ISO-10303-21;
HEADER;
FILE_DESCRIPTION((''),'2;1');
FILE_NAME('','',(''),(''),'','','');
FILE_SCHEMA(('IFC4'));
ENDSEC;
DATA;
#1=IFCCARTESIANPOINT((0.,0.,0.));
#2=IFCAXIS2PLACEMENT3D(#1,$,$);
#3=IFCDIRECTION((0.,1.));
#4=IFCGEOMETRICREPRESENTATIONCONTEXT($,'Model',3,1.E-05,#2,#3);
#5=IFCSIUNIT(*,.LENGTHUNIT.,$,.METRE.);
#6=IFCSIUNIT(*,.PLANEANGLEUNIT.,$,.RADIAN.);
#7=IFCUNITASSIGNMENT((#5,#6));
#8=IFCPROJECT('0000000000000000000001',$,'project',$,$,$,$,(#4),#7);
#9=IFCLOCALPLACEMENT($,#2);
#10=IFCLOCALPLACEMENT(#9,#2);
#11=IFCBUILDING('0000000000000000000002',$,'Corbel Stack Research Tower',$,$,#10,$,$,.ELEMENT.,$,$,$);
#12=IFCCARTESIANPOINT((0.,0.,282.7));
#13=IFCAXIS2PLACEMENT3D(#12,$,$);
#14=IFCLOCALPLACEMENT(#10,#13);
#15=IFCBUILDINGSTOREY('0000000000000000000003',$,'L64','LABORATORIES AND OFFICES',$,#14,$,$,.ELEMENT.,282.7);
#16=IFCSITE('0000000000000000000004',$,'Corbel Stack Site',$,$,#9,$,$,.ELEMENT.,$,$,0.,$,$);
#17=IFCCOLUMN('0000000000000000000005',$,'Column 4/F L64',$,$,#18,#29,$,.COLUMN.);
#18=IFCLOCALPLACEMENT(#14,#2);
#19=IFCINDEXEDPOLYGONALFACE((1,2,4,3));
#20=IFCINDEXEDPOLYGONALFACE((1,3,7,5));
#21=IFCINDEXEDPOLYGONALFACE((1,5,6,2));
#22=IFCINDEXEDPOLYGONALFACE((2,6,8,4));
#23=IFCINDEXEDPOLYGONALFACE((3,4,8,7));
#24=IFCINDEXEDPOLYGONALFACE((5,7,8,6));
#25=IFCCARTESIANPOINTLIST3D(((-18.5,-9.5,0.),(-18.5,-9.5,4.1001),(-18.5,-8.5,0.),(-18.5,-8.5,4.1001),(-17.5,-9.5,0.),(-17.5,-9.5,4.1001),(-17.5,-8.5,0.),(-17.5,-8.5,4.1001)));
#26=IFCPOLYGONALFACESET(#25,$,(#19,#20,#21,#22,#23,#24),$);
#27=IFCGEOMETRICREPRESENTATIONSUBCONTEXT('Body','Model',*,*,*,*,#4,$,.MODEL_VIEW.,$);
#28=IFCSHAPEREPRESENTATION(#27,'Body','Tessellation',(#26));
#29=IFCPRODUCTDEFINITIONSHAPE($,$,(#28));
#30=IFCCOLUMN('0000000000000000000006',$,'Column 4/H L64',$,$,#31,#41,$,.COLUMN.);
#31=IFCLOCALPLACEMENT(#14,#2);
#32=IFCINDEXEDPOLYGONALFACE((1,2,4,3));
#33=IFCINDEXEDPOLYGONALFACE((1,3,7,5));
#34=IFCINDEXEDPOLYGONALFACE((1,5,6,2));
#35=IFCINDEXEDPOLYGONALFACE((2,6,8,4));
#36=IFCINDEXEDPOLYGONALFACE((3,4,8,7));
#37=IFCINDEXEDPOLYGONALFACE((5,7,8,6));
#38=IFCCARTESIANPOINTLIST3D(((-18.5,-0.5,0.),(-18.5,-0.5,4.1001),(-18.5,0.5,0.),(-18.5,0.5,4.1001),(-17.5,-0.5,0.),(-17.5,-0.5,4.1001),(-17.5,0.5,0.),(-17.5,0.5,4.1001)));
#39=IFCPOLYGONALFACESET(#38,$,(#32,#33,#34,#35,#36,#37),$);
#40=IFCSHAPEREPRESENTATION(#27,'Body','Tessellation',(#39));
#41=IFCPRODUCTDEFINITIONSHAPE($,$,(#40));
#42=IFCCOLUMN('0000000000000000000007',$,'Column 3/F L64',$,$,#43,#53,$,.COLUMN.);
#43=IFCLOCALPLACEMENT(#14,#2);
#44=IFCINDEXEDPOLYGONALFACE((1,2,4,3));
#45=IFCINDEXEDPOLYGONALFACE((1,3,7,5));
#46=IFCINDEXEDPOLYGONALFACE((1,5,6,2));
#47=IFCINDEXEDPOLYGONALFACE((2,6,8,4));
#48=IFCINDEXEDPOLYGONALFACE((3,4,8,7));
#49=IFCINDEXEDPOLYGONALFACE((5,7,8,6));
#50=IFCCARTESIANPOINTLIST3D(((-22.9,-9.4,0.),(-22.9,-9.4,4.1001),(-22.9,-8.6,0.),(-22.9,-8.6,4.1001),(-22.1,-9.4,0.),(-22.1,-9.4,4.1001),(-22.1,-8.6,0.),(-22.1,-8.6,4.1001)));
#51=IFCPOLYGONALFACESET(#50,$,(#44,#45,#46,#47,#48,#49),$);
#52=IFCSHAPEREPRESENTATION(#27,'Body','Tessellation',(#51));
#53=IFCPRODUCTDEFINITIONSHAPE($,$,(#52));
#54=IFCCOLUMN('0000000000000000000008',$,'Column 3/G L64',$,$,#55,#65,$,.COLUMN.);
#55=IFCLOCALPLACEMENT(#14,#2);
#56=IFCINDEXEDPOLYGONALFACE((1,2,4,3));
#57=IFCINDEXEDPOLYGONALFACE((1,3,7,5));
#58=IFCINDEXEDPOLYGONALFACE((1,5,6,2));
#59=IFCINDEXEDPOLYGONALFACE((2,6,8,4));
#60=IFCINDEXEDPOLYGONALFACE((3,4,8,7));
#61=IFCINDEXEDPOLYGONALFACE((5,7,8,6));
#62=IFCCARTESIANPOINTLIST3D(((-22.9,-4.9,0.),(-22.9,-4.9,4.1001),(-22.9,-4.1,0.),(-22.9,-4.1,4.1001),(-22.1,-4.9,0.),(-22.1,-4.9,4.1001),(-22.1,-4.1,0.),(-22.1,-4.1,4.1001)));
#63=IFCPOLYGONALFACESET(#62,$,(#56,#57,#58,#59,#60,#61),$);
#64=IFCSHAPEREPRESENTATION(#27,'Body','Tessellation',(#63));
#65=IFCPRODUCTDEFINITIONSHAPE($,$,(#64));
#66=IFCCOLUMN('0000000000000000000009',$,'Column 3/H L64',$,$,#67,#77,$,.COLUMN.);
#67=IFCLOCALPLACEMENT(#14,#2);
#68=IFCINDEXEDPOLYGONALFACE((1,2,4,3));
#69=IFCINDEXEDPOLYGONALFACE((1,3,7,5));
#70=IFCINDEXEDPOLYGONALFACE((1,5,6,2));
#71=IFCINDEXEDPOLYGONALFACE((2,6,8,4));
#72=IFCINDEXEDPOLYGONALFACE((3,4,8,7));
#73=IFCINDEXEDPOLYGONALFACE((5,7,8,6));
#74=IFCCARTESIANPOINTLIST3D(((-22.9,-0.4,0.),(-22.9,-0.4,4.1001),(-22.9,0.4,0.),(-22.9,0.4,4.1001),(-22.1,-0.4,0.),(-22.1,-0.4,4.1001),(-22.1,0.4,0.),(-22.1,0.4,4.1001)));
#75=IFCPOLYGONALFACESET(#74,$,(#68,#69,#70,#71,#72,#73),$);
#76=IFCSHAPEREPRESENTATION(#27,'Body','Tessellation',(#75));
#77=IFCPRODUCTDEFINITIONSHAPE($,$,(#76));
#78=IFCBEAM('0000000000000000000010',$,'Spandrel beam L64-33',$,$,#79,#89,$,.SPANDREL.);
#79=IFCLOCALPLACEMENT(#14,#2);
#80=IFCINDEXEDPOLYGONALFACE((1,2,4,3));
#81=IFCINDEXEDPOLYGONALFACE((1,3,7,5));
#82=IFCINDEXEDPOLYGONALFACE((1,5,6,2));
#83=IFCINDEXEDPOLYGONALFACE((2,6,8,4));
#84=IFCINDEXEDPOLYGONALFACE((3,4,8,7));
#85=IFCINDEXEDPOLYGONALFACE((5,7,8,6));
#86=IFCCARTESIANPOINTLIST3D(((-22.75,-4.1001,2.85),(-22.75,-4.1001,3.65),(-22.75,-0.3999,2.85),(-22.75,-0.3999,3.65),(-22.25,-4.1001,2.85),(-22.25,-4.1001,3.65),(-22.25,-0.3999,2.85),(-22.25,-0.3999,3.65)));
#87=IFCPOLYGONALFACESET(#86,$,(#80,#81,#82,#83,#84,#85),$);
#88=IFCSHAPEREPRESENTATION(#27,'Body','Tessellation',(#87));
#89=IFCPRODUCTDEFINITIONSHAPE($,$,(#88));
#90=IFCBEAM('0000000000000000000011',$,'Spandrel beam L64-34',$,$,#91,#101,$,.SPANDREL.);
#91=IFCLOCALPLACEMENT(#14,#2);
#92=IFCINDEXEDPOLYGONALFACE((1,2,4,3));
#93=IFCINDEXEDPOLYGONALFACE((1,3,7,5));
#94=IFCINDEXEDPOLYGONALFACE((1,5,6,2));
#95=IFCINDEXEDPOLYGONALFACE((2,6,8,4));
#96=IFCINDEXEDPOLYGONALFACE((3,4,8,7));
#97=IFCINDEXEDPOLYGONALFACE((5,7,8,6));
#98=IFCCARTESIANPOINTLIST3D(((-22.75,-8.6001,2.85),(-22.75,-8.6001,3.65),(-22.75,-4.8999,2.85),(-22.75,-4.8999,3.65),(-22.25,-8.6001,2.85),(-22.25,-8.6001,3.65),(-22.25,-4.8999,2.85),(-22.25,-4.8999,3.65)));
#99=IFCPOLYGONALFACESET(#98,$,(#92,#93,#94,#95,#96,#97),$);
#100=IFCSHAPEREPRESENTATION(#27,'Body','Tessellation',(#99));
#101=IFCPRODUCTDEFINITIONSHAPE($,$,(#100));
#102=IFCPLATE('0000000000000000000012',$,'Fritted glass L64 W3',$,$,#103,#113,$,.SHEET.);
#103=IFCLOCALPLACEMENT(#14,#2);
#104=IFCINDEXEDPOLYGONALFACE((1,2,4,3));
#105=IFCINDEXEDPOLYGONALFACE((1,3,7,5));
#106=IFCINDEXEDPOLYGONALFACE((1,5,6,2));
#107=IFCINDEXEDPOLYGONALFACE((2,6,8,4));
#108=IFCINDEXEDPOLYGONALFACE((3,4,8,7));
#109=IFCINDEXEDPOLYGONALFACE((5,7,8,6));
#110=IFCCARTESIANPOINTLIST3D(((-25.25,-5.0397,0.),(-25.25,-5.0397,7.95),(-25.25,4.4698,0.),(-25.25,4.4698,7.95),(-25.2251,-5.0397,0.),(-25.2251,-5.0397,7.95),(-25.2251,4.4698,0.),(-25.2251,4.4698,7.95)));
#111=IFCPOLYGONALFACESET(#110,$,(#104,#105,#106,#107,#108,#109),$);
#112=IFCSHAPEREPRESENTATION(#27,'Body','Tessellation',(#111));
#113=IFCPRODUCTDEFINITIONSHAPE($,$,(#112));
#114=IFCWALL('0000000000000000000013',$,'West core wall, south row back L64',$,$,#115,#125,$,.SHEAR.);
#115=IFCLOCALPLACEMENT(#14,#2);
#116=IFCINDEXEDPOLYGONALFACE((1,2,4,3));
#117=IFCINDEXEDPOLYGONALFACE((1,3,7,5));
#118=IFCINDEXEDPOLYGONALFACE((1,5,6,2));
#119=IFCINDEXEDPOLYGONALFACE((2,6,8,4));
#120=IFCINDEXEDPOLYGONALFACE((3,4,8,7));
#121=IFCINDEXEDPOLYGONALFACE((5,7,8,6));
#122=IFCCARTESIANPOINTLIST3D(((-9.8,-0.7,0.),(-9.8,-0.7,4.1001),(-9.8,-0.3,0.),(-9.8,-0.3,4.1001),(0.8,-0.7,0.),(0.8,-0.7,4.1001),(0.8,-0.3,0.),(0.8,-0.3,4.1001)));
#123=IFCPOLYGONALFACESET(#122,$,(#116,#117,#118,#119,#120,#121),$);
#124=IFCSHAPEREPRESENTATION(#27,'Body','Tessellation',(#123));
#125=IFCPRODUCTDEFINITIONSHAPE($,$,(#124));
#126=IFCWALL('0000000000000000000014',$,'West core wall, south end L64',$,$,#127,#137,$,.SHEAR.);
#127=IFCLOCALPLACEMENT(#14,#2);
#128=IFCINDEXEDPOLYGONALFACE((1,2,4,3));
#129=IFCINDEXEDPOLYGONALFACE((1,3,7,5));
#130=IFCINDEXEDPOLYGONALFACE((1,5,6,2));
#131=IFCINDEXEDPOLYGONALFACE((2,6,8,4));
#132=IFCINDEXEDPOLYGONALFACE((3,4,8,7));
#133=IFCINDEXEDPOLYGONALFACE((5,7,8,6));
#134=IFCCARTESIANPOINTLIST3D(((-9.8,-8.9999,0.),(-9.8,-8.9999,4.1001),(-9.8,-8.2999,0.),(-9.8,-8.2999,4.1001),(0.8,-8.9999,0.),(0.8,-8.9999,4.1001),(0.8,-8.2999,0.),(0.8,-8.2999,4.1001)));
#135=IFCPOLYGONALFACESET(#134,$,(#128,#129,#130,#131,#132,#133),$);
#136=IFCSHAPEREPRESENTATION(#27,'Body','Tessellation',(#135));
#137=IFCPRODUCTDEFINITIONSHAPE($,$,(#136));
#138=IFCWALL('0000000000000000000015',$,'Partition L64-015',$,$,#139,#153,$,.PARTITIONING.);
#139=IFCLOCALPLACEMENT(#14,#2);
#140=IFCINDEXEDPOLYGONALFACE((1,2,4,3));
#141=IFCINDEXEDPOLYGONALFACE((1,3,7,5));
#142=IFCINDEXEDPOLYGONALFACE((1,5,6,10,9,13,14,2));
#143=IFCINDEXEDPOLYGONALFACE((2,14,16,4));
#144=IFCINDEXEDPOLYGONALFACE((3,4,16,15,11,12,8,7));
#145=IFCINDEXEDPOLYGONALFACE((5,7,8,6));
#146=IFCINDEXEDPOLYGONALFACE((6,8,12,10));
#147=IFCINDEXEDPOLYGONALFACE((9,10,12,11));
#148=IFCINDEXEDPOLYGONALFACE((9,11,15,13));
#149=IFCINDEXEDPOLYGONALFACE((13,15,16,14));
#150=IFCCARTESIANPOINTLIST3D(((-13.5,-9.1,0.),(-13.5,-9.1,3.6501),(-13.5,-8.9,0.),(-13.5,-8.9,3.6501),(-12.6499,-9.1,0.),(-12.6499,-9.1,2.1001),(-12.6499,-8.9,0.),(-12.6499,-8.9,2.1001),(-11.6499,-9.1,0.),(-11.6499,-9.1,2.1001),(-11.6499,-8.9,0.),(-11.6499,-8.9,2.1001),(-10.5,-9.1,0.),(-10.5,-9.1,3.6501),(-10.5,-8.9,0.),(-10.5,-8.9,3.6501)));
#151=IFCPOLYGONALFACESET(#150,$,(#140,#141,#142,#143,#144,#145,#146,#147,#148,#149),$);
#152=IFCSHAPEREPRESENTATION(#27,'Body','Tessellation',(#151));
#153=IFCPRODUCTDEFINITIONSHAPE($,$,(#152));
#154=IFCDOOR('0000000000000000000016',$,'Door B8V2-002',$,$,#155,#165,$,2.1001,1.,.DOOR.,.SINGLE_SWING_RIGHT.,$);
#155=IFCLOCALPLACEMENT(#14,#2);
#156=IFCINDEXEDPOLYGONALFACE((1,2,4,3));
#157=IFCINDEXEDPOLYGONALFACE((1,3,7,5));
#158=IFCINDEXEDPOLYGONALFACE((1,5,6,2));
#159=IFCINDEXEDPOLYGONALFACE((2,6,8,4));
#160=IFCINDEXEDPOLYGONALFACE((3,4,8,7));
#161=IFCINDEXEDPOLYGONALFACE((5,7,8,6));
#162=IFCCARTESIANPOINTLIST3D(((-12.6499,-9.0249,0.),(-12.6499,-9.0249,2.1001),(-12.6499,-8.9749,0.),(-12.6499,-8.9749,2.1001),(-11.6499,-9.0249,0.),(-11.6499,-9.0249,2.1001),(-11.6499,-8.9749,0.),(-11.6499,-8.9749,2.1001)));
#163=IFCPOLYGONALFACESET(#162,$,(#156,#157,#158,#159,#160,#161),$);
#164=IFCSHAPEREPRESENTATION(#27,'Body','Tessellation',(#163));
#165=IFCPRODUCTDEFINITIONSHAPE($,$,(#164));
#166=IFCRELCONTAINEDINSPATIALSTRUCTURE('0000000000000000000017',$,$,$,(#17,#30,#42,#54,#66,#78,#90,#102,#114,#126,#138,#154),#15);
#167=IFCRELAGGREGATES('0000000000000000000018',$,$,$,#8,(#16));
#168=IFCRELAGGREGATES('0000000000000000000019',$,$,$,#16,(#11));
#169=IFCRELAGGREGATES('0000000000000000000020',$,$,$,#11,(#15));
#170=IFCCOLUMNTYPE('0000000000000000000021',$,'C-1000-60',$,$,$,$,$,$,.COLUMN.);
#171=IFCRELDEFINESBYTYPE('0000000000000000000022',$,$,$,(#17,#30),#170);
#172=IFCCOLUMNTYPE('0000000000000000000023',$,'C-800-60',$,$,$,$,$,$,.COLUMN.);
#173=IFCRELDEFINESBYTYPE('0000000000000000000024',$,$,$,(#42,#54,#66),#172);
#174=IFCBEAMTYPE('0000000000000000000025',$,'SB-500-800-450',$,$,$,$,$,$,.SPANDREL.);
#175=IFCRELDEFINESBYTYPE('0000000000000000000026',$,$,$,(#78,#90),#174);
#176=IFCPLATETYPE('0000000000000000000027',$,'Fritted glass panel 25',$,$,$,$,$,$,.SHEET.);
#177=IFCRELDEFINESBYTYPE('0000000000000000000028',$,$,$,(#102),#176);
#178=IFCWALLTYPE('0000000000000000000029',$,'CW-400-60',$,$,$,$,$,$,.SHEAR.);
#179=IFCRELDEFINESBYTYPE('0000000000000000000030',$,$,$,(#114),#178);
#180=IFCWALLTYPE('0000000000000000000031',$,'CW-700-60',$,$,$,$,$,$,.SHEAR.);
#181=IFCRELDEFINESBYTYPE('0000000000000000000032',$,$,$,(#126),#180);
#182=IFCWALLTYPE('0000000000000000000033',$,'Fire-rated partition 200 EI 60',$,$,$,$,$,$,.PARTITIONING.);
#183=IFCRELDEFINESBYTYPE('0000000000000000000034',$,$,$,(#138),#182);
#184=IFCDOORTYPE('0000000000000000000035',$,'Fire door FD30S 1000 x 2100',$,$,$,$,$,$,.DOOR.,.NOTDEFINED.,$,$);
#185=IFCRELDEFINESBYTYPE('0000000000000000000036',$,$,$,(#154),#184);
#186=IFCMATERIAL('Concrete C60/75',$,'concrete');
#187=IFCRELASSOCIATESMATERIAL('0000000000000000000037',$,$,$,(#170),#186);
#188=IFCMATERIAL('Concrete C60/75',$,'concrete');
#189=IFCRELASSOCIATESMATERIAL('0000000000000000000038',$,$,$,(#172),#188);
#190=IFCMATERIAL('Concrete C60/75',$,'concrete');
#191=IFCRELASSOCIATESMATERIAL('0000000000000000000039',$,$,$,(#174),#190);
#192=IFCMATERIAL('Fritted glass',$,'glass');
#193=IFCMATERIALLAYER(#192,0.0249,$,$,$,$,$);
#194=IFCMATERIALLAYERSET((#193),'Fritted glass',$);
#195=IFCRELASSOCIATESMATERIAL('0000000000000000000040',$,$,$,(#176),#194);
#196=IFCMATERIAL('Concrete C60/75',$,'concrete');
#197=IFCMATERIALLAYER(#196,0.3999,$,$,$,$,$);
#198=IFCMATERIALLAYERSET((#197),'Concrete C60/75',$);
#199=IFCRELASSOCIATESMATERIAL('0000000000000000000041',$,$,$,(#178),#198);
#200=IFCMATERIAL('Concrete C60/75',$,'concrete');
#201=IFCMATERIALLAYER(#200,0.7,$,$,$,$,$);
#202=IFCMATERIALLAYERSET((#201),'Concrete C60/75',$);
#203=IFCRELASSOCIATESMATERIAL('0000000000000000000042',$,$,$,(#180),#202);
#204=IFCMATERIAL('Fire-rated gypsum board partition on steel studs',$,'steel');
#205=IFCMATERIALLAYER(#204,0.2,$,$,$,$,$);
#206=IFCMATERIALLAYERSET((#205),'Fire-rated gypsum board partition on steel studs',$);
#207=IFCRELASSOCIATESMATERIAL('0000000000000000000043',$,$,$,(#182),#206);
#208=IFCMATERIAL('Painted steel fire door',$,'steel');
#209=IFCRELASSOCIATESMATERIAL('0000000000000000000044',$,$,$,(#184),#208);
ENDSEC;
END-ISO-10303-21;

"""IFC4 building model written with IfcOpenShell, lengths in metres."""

from ifc_helpers import new_model, si_unit, direction, frame, frame_2d, origin, origin_2d, place, context, subcontext, project, spatial, rectangle, extrude, material, layer, layer_set, material_profile, profile_set, type_object, element, fill, save


model = new_model("IFC4")

# Units and contexts
model_context = context("Model", 3, precision=1e-05, world=origin(), true_north=direction((0.0, 1.0)))
body_context = subcontext(model_context, "Body", "Model", "MODEL_VIEW")
ifc_project = project(units=[si_unit("LENGTHUNIT", "METRE"), si_unit("PLANEANGLEUNIT", "RADIAN")], contexts=[model_context])

# Site, building, storey
site_placement = place(None, origin())
site = spatial("IfcSite", under=ifc_project, at=site_placement, Name="Corbel Stack Site", CompositionType="ELEMENT", RefElevation=0.0)
building_placement = place(site_placement, origin())
building = spatial("IfcBuilding", under=site, at=building_placement, Name="Corbel Stack Research Tower", CompositionType="ELEMENT")
storey_placement = place(building_placement, frame((0.0, 0.0, 282.7)))
storey = spatial("IfcBuildingStorey", under=building, at=storey_placement, Name="L64", Description="LABORATORIES AND OFFICES", CompositionType="ELEMENT", Elevation=282.7)

# Columns
ifc_material_1 = material(Name="Concrete C60/75", Category="concrete")
ifc_material_profile_1 = material_profile(ifc_material_1, rectangle(XDim=1.0, YDim=1.0, at=origin_2d()), Name="RC 1000 x 1000")
ifc_profile_set_1 = profile_set([ifc_material_profile_1], Name="Concrete C60/75")
column_type_1 = type_object("IfcColumnType", Name="C-1000-60", PredefinedType="COLUMN", material=ifc_profile_set_1)
for number, where, z_axis, x_axis, name in (
    (1, (-18.0, -9.0, 0.0), (0.0, 0.0, 1.0), (1.0, 0.0, 0.0), "Column 4/F L64"),
    (2, (-18.0, 0.0, 0.0), (0.0, 0.0, 1.0), (1.0, 0.0, 0.0), "Column 4/H L64"),
):
    element("IfcColumn", number, at=place(storey_placement, frame(where, z_axis=z_axis, x_axis=x_axis)), inside=storey, type_object=column_type_1, Name=name, PredefinedType="COLUMN", context=body_context, shape_type="SweptSolid", body=[
        extrude(rectangle(XDim=1.0, YDim=1.0, at=origin_2d()), origin(), (0.0, 0.0, 1.0), 4.1001),
    ])
ifc_material_2 = material(Name="Concrete C60/75", Category="concrete")
ifc_material_profile_2 = material_profile(ifc_material_2, rectangle(XDim=0.8, YDim=0.8, at=origin_2d()), Name="RC 800 x 800")
ifc_profile_set_2 = profile_set([ifc_material_profile_2], Name="Concrete C60/75")
column_type_2 = type_object("IfcColumnType", Name="C-800-60", PredefinedType="COLUMN", material=ifc_profile_set_2)
for number, where, z_axis, x_axis, name in (
    (3, (-22.5, -9.0, 0.0), (0.0, 0.0, 1.0), (1.0, 0.0, 0.0), "Column 3/F L64"),
    (4, (-22.5, -4.5, 0.0), (0.0, 0.0, 1.0), (1.0, 0.0, 0.0), "Column 3/G L64"),
    (5, (-22.5, 0.0, 0.0), (0.0, 0.0, 1.0), (1.0, 0.0, 0.0), "Column 3/H L64"),
):
    element("IfcColumn", number, at=place(storey_placement, frame(where, z_axis=z_axis, x_axis=x_axis)), inside=storey, type_object=column_type_2, Name=name, PredefinedType="COLUMN", context=body_context, shape_type="SweptSolid", body=[
        extrude(rectangle(XDim=0.8, YDim=0.8, at=origin_2d()), origin(), (0.0, 0.0, 1.0), 4.1001),
    ])

# Beams
ifc_material_3 = material(Name="Concrete C60/75", Category="concrete")
ifc_material_profile_3 = material_profile(ifc_material_3, rectangle(XDim=0.5, YDim=0.8, at=origin_2d()), Name="RC 500 x 800")
ifc_profile_set_3 = profile_set([ifc_material_profile_3], Name="Concrete C60/75")
beam_type = type_object("IfcBeamType", Name="SB-500-800-450", PredefinedType="SPANDREL", material=ifc_profile_set_3)
for number, where, z_axis, x_axis, name in (
    (6, (-22.5, -0.3999, 3.25), (0.0, -1.0, 0.0), (1.0, 0.0, 0.0), "Spandrel beam L64-33"),
    (7, (-22.5, -4.8999, 3.25), (0.0, -1.0, 0.0), (1.0, 0.0, 0.0), "Spandrel beam L64-34"),
):
    element("IfcBeam", number, at=place(storey_placement, frame(where, z_axis=z_axis, x_axis=x_axis)), inside=storey, type_object=beam_type, Name=name, PredefinedType="SPANDREL", context=body_context, shape_type="SweptSolid", body=[
        extrude(rectangle(XDim=0.5, YDim=0.8, at=origin_2d()), origin(), (0.0, 0.0, 1.0), 3.7002),
    ])

# Plate
ifc_material_4 = material(Name="Fritted glass", Category="glass")
ifc_layer_1 = layer(ifc_material_4, 0.0249)
ifc_layer_set_1 = layer_set([ifc_layer_1], Name="Fritted glass")
plate_type = type_object("IfcPlateType", Name="Fritted glass panel 25", PredefinedType="SHEET", material=ifc_layer_set_1)
plate_placement = place(storey_placement, frame((-25.2375, -0.2849, 0.0), z_axis=(0.0, 0.0, 1.0), x_axis=(0.0, -1.0, 0.0)))
element("IfcPlate", 8, at=plate_placement, inside=storey, type_object=plate_type, Name="Fritted glass L64 W3", PredefinedType="SHEET", context=body_context, shape_type="SweptSolid", body=[
    extrude(rectangle(XDim=9.5095, YDim=0.0249, at=origin_2d()), origin(), (0.0, 0.0, 1.0), 7.95),
])

# Wall
ifc_material_5 = material(Name="Concrete C60/75", Category="concrete")
ifc_layer_2 = layer(ifc_material_5, 0.3999)
ifc_layer_set_2 = layer_set([ifc_layer_2], Name="Concrete C60/75")
wall_type_1 = type_object("IfcWallType", Name="CW-400-60", PredefinedType="SHEAR", material=ifc_layer_set_2)
wall_1_placement = place(storey_placement, frame((-9.8, -0.5, 0.0), z_axis=(0.0, 0.0, 1.0), x_axis=(1.0, 0.0, 0.0)))
element("IfcWall", 9, at=wall_1_placement, inside=storey, type_object=wall_type_1, Name="West core wall, south row back L64", PredefinedType="SHEAR", context=body_context, shape_type="SweptSolid", body=[
    extrude(rectangle(XDim=10.6001, YDim=0.3999, at=frame_2d((5.3, 0.0))), origin(), (0.0, 0.0, 1.0), 4.1001),
])

# Shared definitions
ifc_material_6 = material(Name="Concrete C60/75", Category="concrete")
ifc_layer_3 = layer(ifc_material_6, 0.7)
ifc_layer_set_3 = layer_set([ifc_layer_3], Name="Concrete C60/75")
wall_type_2 = type_object("IfcWallType", Name="CW-700-60", PredefinedType="SHEAR", material=ifc_layer_set_3)

# Wall
wall_2_placement = place(storey_placement, frame((-9.8, -8.6499, 0.0), z_axis=(0.0, 0.0, 1.0), x_axis=(1.0, 0.0, 0.0)))
element("IfcWall", 10, at=wall_2_placement, inside=storey, type_object=wall_type_2, Name="West core wall, south end L64", PredefinedType="SHEAR", context=body_context, shape_type="SweptSolid", body=[
    extrude(rectangle(XDim=10.6001, YDim=0.7, at=frame_2d((5.3, 0.0))), origin(), (0.0, 0.0, 1.0), 4.1001),
])

# Wall, opening, door
ifc_material_7 = material(Name="Fire-rated gypsum board partition on steel studs", Category="steel")
ifc_layer_4 = layer(ifc_material_7, 0.2)
ifc_layer_set_4 = layer_set([ifc_layer_4], Name="Fire-rated gypsum board partition on steel studs")
wall_type_3 = type_object("IfcWallType", Name="Fire-rated partition 200 EI 60", PredefinedType="PARTITIONING", material=ifc_layer_set_4)
wall_3_placement = place(storey_placement, frame((-10.5, -9.0, 0.0), z_axis=(0.0, 0.0, 1.0), x_axis=(-1.0, 0.0, 0.0)))
wall_3 = element("IfcWall", 11, at=wall_3_placement, inside=storey, type_object=wall_type_3, Name="Partition L64-015", PredefinedType="PARTITIONING", context=body_context, shape_type="SweptSolid", body=[
    extrude(rectangle(XDim=3.0, YDim=0.2, at=frame_2d((1.5, 0.0))), origin(), (0.0, 0.0, 1.0), 3.6501),
])
opening_1_placement = place(wall_3_placement, frame((1.1499, 0.0, 0.0)))
opening_1 = element("IfcOpeningElement", 12, at=opening_1_placement, cuts=wall_3, PredefinedType="OPENING", context=body_context, shape_type="SweptSolid", body=[
    extrude(rectangle(XDim=1.0, YDim=2.1001, at=frame_2d((0.5, 1.05))), frame((0.0, 0.1099, 0.0), z_axis=(0.0, -1.0, 0.0), x_axis=(1.0, 0.0, 0.0)), (0.0, 0.0, 1.0), 0.22),
])
ifc_material_8 = material(Name="Painted steel fire door", Category="steel")
door_type_1 = type_object("IfcDoorType", Name="Fire door FD30S 1000 x 2100", OperationType="NOTDEFINED", PredefinedType="DOOR", material=ifc_material_8)
door_1_placement = place(opening_1_placement, origin())
door_1 = element("IfcDoor", 13, at=door_1_placement, inside=storey, type_object=door_type_1, Name="Door B8V2-002", OperationType="SINGLE_SWING_RIGHT", OverallHeight=2.1001, OverallWidth=1.0, PredefinedType="DOOR", context=body_context, shape_type="SweptSolid", body=[
    extrude(rectangle(XDim=1.0, YDim=2.1001, at=frame_2d((0.5, 1.05))), frame((0.0, 0.0249, 0.0), z_axis=(0.0, -1.0, 0.0), x_axis=(1.0, 0.0, 0.0)), (0.0, 0.0, 1.0), 0.05),
])
fill(opening_1, door_1)

save(model, "model.ifc")
